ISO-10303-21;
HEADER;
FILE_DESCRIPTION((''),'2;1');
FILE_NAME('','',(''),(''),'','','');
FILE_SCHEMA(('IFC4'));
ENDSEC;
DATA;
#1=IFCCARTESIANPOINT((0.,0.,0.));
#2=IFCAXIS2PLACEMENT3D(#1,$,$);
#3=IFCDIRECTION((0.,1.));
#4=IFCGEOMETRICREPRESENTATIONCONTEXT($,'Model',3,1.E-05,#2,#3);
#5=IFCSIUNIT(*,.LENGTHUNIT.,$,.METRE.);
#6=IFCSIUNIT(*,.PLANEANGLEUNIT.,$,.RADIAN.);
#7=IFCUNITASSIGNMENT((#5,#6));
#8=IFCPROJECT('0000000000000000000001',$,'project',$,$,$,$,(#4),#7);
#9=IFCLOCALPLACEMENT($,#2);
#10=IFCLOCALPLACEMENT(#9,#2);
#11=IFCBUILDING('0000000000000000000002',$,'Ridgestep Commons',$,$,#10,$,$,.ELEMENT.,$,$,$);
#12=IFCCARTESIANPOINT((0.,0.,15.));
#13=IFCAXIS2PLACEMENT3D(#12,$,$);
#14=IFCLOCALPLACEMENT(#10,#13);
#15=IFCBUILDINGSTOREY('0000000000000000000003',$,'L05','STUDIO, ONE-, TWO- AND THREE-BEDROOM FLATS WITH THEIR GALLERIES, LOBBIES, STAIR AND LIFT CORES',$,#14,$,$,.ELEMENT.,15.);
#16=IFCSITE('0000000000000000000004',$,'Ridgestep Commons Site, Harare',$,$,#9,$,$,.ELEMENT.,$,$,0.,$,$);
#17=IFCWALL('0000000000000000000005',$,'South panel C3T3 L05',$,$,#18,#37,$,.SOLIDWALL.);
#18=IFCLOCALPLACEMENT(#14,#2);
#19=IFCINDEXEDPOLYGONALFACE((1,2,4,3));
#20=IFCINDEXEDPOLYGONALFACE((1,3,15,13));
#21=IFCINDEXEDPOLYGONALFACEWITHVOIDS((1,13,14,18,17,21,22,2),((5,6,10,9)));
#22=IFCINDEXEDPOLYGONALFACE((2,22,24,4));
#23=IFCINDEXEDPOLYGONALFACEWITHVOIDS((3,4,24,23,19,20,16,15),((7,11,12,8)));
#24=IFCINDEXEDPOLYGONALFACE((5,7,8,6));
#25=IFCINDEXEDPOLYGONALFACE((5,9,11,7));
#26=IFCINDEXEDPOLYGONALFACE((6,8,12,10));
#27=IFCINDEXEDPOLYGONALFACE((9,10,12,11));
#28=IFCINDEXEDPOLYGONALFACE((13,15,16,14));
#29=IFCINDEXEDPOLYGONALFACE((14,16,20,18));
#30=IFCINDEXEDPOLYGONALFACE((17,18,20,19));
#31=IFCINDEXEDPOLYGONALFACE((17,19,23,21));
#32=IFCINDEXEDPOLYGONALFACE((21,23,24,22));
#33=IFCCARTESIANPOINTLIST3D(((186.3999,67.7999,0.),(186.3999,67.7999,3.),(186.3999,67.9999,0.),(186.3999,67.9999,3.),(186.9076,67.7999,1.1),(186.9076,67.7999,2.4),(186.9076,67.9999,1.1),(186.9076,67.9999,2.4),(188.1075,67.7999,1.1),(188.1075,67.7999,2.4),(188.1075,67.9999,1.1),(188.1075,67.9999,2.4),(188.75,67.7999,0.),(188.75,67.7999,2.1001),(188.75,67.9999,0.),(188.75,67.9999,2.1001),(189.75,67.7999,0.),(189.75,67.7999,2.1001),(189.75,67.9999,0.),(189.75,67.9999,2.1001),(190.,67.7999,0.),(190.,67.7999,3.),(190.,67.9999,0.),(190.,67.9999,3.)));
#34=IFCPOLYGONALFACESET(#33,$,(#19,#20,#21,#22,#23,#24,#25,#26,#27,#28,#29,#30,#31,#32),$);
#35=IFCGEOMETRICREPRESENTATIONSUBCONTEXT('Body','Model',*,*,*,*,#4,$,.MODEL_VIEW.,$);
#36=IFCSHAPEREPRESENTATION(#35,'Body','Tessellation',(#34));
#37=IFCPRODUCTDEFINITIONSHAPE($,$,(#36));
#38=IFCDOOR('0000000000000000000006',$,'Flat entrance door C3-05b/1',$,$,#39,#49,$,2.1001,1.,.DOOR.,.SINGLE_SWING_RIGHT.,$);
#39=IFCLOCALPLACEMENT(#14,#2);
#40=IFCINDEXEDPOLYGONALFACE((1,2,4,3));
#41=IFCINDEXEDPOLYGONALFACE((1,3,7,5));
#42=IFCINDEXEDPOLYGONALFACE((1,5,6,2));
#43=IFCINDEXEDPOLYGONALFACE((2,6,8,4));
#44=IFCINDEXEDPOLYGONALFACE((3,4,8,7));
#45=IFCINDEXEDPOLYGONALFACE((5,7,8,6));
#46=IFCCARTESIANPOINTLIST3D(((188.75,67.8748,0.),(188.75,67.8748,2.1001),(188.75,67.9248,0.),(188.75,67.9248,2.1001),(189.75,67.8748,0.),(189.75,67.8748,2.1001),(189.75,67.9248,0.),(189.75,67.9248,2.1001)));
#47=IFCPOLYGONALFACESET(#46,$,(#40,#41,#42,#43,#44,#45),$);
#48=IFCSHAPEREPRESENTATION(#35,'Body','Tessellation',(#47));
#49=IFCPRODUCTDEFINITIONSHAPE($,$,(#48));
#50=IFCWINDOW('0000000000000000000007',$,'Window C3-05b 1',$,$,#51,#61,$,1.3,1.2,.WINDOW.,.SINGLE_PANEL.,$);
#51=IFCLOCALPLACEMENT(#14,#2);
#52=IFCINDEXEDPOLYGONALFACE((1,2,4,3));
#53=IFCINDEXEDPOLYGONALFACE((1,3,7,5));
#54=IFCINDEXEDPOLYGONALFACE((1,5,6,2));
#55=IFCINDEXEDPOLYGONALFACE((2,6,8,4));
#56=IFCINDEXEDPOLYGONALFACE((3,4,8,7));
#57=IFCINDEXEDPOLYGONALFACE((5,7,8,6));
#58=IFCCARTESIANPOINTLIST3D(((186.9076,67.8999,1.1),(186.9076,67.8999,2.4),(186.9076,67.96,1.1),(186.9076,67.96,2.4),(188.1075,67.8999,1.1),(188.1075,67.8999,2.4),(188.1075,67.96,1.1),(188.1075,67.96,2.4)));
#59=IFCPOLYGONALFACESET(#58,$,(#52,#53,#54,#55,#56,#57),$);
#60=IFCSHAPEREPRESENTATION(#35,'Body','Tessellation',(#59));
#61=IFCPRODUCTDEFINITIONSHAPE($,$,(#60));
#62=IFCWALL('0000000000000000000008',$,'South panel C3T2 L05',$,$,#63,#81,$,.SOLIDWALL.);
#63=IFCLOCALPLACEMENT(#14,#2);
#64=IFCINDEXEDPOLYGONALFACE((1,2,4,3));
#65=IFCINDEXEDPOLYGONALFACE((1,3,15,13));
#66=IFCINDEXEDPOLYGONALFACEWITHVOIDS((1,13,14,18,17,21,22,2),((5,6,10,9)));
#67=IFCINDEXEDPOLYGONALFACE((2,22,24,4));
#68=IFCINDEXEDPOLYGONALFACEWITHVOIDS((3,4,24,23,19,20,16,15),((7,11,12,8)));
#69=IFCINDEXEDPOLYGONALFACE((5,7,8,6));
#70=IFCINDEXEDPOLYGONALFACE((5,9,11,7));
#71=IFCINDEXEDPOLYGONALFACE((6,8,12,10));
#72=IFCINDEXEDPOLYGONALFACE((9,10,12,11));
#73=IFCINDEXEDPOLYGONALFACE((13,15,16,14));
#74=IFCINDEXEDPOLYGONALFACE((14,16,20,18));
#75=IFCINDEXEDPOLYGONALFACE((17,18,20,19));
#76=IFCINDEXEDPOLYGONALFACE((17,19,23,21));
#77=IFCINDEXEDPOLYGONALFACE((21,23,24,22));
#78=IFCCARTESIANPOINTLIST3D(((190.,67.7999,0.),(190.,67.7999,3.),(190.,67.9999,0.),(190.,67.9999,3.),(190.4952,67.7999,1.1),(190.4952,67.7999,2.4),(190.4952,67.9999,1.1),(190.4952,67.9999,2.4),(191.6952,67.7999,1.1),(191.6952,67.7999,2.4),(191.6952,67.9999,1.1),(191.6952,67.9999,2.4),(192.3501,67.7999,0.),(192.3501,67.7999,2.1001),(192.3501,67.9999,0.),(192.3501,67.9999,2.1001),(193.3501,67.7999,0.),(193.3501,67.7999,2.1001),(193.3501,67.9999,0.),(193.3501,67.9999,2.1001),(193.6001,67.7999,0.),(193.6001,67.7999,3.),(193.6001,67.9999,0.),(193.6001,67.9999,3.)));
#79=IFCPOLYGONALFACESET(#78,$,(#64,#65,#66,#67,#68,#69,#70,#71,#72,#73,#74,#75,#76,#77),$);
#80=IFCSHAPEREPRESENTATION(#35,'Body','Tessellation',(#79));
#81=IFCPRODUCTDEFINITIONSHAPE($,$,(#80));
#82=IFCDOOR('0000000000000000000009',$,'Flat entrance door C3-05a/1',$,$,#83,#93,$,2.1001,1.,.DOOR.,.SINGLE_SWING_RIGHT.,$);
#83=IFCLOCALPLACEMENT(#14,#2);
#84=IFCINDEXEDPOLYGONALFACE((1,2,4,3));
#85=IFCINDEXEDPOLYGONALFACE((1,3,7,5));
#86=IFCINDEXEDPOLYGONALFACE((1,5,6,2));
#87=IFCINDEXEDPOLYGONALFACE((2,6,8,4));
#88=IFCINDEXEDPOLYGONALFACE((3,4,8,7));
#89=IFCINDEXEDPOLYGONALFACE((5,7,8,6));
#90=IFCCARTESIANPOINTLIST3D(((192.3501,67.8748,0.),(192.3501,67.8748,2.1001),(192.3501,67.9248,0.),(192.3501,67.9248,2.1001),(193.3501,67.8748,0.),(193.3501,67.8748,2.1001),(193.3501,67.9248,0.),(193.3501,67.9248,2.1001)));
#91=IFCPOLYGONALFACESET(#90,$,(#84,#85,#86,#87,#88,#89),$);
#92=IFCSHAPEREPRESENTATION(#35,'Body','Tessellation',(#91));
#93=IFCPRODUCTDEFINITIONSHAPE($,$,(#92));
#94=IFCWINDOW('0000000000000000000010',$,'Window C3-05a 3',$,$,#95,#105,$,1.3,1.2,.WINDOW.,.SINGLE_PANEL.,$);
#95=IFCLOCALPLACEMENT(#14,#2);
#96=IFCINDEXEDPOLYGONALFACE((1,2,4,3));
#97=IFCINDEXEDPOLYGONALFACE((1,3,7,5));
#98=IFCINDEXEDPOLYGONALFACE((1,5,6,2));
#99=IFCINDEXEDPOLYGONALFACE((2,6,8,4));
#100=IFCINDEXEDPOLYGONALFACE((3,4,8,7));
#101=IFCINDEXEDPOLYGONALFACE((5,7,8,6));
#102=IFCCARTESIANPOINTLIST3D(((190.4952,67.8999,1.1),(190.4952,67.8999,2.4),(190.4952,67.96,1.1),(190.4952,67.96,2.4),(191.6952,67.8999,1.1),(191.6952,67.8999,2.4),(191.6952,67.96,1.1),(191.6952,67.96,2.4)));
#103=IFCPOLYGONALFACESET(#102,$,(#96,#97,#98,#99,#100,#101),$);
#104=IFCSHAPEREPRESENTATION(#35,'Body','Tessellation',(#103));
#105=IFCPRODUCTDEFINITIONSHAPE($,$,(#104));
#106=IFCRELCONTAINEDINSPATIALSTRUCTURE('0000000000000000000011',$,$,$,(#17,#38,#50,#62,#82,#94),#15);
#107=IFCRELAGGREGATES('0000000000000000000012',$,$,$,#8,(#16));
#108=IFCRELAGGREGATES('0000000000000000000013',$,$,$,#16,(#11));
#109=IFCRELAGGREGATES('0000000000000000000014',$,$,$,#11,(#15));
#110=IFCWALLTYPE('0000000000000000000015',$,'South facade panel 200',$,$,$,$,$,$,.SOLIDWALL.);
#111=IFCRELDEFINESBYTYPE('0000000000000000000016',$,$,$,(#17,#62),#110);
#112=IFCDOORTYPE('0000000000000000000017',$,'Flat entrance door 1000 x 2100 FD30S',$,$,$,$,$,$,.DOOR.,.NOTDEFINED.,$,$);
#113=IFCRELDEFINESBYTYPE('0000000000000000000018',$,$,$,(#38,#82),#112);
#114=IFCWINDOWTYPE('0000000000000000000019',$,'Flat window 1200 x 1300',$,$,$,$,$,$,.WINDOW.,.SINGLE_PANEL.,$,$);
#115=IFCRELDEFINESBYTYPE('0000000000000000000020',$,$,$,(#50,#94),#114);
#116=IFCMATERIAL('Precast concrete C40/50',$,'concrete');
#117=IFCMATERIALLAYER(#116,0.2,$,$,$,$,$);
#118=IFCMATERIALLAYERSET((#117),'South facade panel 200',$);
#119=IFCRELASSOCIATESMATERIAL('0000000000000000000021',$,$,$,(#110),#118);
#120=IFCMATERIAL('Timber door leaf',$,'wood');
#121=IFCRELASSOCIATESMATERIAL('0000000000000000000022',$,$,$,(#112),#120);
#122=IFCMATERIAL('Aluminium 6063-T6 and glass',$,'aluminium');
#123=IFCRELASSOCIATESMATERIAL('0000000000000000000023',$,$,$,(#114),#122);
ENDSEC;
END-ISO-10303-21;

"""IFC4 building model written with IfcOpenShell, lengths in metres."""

from ifc_helpers import new_model, si_unit, direction, frame, frame_2d, origin, place, context, subcontext, project, spatial, rectangle, extrude, material, layer, layer_set, type_object, element, fill, save


model = new_model("IFC4")

# Units and contexts
model_context = context("Model", 3, precision=1e-05, world=origin(), true_north=direction((0.0, 1.0)))
body_context = subcontext(model_context, "Body", "Model", "MODEL_VIEW")
ifc_project = project(units=[si_unit("LENGTHUNIT", "METRE"), si_unit("PLANEANGLEUNIT", "RADIAN")], contexts=[model_context])

# Site, building, storey
site_placement = place(None, origin())
site = spatial("IfcSite", under=ifc_project, at=site_placement, Name="Ridgestep Commons Site, Harare", CompositionType="ELEMENT", RefElevation=0.0)
building_placement = place(site_placement, origin())
building = spatial("IfcBuilding", under=site, at=building_placement, Name="Ridgestep Commons", CompositionType="ELEMENT")
storey_placement = place(building_placement, frame((0.0, 0.0, 15.0)))
storey = spatial("IfcBuildingStorey", under=building, at=storey_placement, Name="L05", Description="STUDIO, ONE-, TWO- AND THREE-BEDROOM FLATS WITH THEIR GALLERIES, LOBBIES, STAIR AND LIFT CORES", CompositionType="ELEMENT", Elevation=15.0)

# Walls, openings, doors, windows
ifc_material_1 = material(Name="Precast concrete C40/50", Category="concrete")
ifc_layer_1 = layer(ifc_material_1, 0.2)
ifc_layer_set_1 = layer_set([ifc_layer_1], Name="South facade panel 200")
wall_type_1 = type_object("IfcWallType", Name="South facade panel 200", PredefinedType="SOLIDWALL", material=ifc_layer_set_1)
wall_1_placement = place(storey_placement, frame((186.3999, 67.8999, 0.0), z_axis=(0.0, 0.0, 1.0), x_axis=(1.0, 0.0, 0.0)))
wall_1 = element("IfcWall", 1, at=wall_1_placement, inside=storey, type_object=wall_type_1, Name="South panel C3T3 L05", PredefinedType="SOLIDWALL", context=body_context, shape_type="SweptSolid", body=[
    extrude(rectangle(XDim=3.6001, YDim=0.2, at=frame_2d((1.8, 0.0))), origin(), (0.0, 0.0, 1.0), 3.0),
])
opening_1_placement = place(wall_1_placement, frame((0.5076, 0.0, 1.1001)))
opening_1 = element("IfcOpeningElement", 2, at=opening_1_placement, cuts=wall_1, PredefinedType="OPENING", context=body_context, shape_type="SweptSolid", body=[
    extrude(rectangle(XDim=1.2, YDim=1.3, at=frame_2d((0.6001, 0.6499))), frame((0.0, 0.1099, 0.0), z_axis=(0.0, -1.0, 0.0), x_axis=(1.0, 0.0, 0.0)), (0.0, 0.0, 1.0), 0.22),
])
opening_2_placement = place(wall_1_placement, frame((2.3501, 0.0, 0.0)))
opening_2 = element("IfcOpeningElement", 3, at=opening_2_placement, cuts=wall_1, PredefinedType="OPENING", context=body_context, shape_type="SweptSolid", body=[
    extrude(rectangle(XDim=1.0, YDim=2.1001, at=frame_2d((0.5, 1.05))), frame((0.0, 0.1099, 0.0), z_axis=(0.0, -1.0, 0.0), x_axis=(1.0, 0.0, 0.0)), (0.0, 0.0, 1.0), 0.22),
])
ifc_material_2 = material(Name="Timber door leaf", Category="wood")
door_type_1 = type_object("IfcDoorType", Name="Flat entrance door 1000 x 2100 FD30S", OperationType="NOTDEFINED", PredefinedType="DOOR", material=ifc_material_2)
door_1_placement = place(opening_2_placement, origin())
door_1 = element("IfcDoor", 4, at=door_1_placement, inside=storey, type_object=door_type_1, Name="Flat entrance door C3-05b/1", OperationType="SINGLE_SWING_RIGHT", OverallHeight=2.1001, OverallWidth=1.0, PredefinedType="DOOR", context=body_context, shape_type="SweptSolid", body=[
    extrude(rectangle(XDim=1.0, YDim=2.1001, at=frame_2d((0.5, 1.05))), frame((0.0, 0.0249, 0.0), z_axis=(0.0, -1.0, 0.0), x_axis=(1.0, 0.0, 0.0)), (0.0, 0.0, 1.0), 0.05),
])
fill(opening_2, door_1)
ifc_material_3 = material(Name="Aluminium 6063-T6 and glass", Category="aluminium")
window_type = type_object("IfcWindowType", Name="Flat window 1200 x 1300", PartitioningType="SINGLE_PANEL", PredefinedType="WINDOW", material=ifc_material_3)
window_1_placement = place(opening_1_placement, origin())
window_1 = element("IfcWindow", 5, at=window_1_placement, inside=storey, type_object=window_type, Name="Window C3-05b 1", OverallHeight=1.3, OverallWidth=1.2, PartitioningType="SINGLE_PANEL", PredefinedType="WINDOW", context=body_context, shape_type="SweptSolid", body=[
    extrude(rectangle(XDim=1.2, YDim=1.3, at=frame_2d((0.6001, 0.6499))), frame((0.0, 0.0601, 0.0), z_axis=(0.0, -1.0, 0.0), x_axis=(1.0, 0.0, 0.0)), (0.0, 0.0, 1.0), 0.0601),
])
fill(opening_1, window_1)
wall_2_placement = place(storey_placement, frame((190.0, 67.8999, 0.0), z_axis=(0.0, 0.0, 1.0), x_axis=(1.0, 0.0, 0.0)))
wall_2 = element("IfcWall", 6, at=wall_2_placement, inside=storey, type_object=wall_type_1, Name="South panel C3T2 L05", PredefinedType="SOLIDWALL", context=body_context, shape_type="SweptSolid", body=[
    extrude(rectangle(XDim=3.6001, YDim=0.2, at=frame_2d((1.8, 0.0))), origin(), (0.0, 0.0, 1.0), 3.0),
])
opening_3_placement = place(wall_2_placement, frame((0.4951, 0.0, 1.1001)))
opening_3 = element("IfcOpeningElement", 7, at=opening_3_placement, cuts=wall_2, PredefinedType="OPENING", context=body_context, shape_type="SweptSolid", body=[
    extrude(rectangle(XDim=1.2, YDim=1.3, at=frame_2d((0.6001, 0.6499))), frame((0.0, 0.1099, 0.0), z_axis=(0.0, -1.0, 0.0), x_axis=(1.0, 0.0, 0.0)), (0.0, 0.0, 1.0), 0.22),
])
opening_4_placement = place(wall_2_placement, frame((2.3501, 0.0, 0.0)))
opening_4 = element("IfcOpeningElement", 8, at=opening_4_placement, cuts=wall_2, PredefinedType="OPENING", context=body_context, shape_type="SweptSolid", body=[
    extrude(rectangle(XDim=1.0, YDim=2.1001, at=frame_2d((0.5, 1.05))), frame((0.0, 0.1099, 0.0), z_axis=(0.0, -1.0, 0.0), x_axis=(1.0, 0.0, 0.0)), (0.0, 0.0, 1.0), 0.22),
])
door_2_placement = place(opening_4_placement, origin())
door_2 = element("IfcDoor", 9, at=door_2_placement, inside=storey, type_object=door_type_1, Name="Flat entrance door C3-05a/1", OperationType="SINGLE_SWING_RIGHT", OverallHeight=2.1001, OverallWidth=1.0, PredefinedType="DOOR", context=body_context, shape_type="SweptSolid", body=[
    extrude(rectangle(XDim=1.0, YDim=2.1001, at=frame_2d((0.5, 1.05))), frame((0.0, 0.0249, 0.0), z_axis=(0.0, -1.0, 0.0), x_axis=(1.0, 0.0, 0.0)), (0.0, 0.0, 1.0), 0.05),
])
fill(opening_4, door_2)
window_2_placement = place(opening_3_placement, origin())
window_2 = element("IfcWindow", 10, at=window_2_placement, inside=storey, type_object=window_type, Name="Window C3-05a 3", OverallHeight=1.3, OverallWidth=1.2, PartitioningType="SINGLE_PANEL", PredefinedType="WINDOW", context=body_context, shape_type="SweptSolid", body=[
    extrude(rectangle(XDim=1.2, YDim=1.3, at=frame_2d((0.6001, 0.6499))), frame((0.0, 0.0601, 0.0), z_axis=(0.0, -1.0, 0.0), x_axis=(1.0, 0.0, 0.0)), (0.0, 0.0, 1.0), 0.0601),
])
fill(opening_3, window_2)

save(model, "model.ifc")
